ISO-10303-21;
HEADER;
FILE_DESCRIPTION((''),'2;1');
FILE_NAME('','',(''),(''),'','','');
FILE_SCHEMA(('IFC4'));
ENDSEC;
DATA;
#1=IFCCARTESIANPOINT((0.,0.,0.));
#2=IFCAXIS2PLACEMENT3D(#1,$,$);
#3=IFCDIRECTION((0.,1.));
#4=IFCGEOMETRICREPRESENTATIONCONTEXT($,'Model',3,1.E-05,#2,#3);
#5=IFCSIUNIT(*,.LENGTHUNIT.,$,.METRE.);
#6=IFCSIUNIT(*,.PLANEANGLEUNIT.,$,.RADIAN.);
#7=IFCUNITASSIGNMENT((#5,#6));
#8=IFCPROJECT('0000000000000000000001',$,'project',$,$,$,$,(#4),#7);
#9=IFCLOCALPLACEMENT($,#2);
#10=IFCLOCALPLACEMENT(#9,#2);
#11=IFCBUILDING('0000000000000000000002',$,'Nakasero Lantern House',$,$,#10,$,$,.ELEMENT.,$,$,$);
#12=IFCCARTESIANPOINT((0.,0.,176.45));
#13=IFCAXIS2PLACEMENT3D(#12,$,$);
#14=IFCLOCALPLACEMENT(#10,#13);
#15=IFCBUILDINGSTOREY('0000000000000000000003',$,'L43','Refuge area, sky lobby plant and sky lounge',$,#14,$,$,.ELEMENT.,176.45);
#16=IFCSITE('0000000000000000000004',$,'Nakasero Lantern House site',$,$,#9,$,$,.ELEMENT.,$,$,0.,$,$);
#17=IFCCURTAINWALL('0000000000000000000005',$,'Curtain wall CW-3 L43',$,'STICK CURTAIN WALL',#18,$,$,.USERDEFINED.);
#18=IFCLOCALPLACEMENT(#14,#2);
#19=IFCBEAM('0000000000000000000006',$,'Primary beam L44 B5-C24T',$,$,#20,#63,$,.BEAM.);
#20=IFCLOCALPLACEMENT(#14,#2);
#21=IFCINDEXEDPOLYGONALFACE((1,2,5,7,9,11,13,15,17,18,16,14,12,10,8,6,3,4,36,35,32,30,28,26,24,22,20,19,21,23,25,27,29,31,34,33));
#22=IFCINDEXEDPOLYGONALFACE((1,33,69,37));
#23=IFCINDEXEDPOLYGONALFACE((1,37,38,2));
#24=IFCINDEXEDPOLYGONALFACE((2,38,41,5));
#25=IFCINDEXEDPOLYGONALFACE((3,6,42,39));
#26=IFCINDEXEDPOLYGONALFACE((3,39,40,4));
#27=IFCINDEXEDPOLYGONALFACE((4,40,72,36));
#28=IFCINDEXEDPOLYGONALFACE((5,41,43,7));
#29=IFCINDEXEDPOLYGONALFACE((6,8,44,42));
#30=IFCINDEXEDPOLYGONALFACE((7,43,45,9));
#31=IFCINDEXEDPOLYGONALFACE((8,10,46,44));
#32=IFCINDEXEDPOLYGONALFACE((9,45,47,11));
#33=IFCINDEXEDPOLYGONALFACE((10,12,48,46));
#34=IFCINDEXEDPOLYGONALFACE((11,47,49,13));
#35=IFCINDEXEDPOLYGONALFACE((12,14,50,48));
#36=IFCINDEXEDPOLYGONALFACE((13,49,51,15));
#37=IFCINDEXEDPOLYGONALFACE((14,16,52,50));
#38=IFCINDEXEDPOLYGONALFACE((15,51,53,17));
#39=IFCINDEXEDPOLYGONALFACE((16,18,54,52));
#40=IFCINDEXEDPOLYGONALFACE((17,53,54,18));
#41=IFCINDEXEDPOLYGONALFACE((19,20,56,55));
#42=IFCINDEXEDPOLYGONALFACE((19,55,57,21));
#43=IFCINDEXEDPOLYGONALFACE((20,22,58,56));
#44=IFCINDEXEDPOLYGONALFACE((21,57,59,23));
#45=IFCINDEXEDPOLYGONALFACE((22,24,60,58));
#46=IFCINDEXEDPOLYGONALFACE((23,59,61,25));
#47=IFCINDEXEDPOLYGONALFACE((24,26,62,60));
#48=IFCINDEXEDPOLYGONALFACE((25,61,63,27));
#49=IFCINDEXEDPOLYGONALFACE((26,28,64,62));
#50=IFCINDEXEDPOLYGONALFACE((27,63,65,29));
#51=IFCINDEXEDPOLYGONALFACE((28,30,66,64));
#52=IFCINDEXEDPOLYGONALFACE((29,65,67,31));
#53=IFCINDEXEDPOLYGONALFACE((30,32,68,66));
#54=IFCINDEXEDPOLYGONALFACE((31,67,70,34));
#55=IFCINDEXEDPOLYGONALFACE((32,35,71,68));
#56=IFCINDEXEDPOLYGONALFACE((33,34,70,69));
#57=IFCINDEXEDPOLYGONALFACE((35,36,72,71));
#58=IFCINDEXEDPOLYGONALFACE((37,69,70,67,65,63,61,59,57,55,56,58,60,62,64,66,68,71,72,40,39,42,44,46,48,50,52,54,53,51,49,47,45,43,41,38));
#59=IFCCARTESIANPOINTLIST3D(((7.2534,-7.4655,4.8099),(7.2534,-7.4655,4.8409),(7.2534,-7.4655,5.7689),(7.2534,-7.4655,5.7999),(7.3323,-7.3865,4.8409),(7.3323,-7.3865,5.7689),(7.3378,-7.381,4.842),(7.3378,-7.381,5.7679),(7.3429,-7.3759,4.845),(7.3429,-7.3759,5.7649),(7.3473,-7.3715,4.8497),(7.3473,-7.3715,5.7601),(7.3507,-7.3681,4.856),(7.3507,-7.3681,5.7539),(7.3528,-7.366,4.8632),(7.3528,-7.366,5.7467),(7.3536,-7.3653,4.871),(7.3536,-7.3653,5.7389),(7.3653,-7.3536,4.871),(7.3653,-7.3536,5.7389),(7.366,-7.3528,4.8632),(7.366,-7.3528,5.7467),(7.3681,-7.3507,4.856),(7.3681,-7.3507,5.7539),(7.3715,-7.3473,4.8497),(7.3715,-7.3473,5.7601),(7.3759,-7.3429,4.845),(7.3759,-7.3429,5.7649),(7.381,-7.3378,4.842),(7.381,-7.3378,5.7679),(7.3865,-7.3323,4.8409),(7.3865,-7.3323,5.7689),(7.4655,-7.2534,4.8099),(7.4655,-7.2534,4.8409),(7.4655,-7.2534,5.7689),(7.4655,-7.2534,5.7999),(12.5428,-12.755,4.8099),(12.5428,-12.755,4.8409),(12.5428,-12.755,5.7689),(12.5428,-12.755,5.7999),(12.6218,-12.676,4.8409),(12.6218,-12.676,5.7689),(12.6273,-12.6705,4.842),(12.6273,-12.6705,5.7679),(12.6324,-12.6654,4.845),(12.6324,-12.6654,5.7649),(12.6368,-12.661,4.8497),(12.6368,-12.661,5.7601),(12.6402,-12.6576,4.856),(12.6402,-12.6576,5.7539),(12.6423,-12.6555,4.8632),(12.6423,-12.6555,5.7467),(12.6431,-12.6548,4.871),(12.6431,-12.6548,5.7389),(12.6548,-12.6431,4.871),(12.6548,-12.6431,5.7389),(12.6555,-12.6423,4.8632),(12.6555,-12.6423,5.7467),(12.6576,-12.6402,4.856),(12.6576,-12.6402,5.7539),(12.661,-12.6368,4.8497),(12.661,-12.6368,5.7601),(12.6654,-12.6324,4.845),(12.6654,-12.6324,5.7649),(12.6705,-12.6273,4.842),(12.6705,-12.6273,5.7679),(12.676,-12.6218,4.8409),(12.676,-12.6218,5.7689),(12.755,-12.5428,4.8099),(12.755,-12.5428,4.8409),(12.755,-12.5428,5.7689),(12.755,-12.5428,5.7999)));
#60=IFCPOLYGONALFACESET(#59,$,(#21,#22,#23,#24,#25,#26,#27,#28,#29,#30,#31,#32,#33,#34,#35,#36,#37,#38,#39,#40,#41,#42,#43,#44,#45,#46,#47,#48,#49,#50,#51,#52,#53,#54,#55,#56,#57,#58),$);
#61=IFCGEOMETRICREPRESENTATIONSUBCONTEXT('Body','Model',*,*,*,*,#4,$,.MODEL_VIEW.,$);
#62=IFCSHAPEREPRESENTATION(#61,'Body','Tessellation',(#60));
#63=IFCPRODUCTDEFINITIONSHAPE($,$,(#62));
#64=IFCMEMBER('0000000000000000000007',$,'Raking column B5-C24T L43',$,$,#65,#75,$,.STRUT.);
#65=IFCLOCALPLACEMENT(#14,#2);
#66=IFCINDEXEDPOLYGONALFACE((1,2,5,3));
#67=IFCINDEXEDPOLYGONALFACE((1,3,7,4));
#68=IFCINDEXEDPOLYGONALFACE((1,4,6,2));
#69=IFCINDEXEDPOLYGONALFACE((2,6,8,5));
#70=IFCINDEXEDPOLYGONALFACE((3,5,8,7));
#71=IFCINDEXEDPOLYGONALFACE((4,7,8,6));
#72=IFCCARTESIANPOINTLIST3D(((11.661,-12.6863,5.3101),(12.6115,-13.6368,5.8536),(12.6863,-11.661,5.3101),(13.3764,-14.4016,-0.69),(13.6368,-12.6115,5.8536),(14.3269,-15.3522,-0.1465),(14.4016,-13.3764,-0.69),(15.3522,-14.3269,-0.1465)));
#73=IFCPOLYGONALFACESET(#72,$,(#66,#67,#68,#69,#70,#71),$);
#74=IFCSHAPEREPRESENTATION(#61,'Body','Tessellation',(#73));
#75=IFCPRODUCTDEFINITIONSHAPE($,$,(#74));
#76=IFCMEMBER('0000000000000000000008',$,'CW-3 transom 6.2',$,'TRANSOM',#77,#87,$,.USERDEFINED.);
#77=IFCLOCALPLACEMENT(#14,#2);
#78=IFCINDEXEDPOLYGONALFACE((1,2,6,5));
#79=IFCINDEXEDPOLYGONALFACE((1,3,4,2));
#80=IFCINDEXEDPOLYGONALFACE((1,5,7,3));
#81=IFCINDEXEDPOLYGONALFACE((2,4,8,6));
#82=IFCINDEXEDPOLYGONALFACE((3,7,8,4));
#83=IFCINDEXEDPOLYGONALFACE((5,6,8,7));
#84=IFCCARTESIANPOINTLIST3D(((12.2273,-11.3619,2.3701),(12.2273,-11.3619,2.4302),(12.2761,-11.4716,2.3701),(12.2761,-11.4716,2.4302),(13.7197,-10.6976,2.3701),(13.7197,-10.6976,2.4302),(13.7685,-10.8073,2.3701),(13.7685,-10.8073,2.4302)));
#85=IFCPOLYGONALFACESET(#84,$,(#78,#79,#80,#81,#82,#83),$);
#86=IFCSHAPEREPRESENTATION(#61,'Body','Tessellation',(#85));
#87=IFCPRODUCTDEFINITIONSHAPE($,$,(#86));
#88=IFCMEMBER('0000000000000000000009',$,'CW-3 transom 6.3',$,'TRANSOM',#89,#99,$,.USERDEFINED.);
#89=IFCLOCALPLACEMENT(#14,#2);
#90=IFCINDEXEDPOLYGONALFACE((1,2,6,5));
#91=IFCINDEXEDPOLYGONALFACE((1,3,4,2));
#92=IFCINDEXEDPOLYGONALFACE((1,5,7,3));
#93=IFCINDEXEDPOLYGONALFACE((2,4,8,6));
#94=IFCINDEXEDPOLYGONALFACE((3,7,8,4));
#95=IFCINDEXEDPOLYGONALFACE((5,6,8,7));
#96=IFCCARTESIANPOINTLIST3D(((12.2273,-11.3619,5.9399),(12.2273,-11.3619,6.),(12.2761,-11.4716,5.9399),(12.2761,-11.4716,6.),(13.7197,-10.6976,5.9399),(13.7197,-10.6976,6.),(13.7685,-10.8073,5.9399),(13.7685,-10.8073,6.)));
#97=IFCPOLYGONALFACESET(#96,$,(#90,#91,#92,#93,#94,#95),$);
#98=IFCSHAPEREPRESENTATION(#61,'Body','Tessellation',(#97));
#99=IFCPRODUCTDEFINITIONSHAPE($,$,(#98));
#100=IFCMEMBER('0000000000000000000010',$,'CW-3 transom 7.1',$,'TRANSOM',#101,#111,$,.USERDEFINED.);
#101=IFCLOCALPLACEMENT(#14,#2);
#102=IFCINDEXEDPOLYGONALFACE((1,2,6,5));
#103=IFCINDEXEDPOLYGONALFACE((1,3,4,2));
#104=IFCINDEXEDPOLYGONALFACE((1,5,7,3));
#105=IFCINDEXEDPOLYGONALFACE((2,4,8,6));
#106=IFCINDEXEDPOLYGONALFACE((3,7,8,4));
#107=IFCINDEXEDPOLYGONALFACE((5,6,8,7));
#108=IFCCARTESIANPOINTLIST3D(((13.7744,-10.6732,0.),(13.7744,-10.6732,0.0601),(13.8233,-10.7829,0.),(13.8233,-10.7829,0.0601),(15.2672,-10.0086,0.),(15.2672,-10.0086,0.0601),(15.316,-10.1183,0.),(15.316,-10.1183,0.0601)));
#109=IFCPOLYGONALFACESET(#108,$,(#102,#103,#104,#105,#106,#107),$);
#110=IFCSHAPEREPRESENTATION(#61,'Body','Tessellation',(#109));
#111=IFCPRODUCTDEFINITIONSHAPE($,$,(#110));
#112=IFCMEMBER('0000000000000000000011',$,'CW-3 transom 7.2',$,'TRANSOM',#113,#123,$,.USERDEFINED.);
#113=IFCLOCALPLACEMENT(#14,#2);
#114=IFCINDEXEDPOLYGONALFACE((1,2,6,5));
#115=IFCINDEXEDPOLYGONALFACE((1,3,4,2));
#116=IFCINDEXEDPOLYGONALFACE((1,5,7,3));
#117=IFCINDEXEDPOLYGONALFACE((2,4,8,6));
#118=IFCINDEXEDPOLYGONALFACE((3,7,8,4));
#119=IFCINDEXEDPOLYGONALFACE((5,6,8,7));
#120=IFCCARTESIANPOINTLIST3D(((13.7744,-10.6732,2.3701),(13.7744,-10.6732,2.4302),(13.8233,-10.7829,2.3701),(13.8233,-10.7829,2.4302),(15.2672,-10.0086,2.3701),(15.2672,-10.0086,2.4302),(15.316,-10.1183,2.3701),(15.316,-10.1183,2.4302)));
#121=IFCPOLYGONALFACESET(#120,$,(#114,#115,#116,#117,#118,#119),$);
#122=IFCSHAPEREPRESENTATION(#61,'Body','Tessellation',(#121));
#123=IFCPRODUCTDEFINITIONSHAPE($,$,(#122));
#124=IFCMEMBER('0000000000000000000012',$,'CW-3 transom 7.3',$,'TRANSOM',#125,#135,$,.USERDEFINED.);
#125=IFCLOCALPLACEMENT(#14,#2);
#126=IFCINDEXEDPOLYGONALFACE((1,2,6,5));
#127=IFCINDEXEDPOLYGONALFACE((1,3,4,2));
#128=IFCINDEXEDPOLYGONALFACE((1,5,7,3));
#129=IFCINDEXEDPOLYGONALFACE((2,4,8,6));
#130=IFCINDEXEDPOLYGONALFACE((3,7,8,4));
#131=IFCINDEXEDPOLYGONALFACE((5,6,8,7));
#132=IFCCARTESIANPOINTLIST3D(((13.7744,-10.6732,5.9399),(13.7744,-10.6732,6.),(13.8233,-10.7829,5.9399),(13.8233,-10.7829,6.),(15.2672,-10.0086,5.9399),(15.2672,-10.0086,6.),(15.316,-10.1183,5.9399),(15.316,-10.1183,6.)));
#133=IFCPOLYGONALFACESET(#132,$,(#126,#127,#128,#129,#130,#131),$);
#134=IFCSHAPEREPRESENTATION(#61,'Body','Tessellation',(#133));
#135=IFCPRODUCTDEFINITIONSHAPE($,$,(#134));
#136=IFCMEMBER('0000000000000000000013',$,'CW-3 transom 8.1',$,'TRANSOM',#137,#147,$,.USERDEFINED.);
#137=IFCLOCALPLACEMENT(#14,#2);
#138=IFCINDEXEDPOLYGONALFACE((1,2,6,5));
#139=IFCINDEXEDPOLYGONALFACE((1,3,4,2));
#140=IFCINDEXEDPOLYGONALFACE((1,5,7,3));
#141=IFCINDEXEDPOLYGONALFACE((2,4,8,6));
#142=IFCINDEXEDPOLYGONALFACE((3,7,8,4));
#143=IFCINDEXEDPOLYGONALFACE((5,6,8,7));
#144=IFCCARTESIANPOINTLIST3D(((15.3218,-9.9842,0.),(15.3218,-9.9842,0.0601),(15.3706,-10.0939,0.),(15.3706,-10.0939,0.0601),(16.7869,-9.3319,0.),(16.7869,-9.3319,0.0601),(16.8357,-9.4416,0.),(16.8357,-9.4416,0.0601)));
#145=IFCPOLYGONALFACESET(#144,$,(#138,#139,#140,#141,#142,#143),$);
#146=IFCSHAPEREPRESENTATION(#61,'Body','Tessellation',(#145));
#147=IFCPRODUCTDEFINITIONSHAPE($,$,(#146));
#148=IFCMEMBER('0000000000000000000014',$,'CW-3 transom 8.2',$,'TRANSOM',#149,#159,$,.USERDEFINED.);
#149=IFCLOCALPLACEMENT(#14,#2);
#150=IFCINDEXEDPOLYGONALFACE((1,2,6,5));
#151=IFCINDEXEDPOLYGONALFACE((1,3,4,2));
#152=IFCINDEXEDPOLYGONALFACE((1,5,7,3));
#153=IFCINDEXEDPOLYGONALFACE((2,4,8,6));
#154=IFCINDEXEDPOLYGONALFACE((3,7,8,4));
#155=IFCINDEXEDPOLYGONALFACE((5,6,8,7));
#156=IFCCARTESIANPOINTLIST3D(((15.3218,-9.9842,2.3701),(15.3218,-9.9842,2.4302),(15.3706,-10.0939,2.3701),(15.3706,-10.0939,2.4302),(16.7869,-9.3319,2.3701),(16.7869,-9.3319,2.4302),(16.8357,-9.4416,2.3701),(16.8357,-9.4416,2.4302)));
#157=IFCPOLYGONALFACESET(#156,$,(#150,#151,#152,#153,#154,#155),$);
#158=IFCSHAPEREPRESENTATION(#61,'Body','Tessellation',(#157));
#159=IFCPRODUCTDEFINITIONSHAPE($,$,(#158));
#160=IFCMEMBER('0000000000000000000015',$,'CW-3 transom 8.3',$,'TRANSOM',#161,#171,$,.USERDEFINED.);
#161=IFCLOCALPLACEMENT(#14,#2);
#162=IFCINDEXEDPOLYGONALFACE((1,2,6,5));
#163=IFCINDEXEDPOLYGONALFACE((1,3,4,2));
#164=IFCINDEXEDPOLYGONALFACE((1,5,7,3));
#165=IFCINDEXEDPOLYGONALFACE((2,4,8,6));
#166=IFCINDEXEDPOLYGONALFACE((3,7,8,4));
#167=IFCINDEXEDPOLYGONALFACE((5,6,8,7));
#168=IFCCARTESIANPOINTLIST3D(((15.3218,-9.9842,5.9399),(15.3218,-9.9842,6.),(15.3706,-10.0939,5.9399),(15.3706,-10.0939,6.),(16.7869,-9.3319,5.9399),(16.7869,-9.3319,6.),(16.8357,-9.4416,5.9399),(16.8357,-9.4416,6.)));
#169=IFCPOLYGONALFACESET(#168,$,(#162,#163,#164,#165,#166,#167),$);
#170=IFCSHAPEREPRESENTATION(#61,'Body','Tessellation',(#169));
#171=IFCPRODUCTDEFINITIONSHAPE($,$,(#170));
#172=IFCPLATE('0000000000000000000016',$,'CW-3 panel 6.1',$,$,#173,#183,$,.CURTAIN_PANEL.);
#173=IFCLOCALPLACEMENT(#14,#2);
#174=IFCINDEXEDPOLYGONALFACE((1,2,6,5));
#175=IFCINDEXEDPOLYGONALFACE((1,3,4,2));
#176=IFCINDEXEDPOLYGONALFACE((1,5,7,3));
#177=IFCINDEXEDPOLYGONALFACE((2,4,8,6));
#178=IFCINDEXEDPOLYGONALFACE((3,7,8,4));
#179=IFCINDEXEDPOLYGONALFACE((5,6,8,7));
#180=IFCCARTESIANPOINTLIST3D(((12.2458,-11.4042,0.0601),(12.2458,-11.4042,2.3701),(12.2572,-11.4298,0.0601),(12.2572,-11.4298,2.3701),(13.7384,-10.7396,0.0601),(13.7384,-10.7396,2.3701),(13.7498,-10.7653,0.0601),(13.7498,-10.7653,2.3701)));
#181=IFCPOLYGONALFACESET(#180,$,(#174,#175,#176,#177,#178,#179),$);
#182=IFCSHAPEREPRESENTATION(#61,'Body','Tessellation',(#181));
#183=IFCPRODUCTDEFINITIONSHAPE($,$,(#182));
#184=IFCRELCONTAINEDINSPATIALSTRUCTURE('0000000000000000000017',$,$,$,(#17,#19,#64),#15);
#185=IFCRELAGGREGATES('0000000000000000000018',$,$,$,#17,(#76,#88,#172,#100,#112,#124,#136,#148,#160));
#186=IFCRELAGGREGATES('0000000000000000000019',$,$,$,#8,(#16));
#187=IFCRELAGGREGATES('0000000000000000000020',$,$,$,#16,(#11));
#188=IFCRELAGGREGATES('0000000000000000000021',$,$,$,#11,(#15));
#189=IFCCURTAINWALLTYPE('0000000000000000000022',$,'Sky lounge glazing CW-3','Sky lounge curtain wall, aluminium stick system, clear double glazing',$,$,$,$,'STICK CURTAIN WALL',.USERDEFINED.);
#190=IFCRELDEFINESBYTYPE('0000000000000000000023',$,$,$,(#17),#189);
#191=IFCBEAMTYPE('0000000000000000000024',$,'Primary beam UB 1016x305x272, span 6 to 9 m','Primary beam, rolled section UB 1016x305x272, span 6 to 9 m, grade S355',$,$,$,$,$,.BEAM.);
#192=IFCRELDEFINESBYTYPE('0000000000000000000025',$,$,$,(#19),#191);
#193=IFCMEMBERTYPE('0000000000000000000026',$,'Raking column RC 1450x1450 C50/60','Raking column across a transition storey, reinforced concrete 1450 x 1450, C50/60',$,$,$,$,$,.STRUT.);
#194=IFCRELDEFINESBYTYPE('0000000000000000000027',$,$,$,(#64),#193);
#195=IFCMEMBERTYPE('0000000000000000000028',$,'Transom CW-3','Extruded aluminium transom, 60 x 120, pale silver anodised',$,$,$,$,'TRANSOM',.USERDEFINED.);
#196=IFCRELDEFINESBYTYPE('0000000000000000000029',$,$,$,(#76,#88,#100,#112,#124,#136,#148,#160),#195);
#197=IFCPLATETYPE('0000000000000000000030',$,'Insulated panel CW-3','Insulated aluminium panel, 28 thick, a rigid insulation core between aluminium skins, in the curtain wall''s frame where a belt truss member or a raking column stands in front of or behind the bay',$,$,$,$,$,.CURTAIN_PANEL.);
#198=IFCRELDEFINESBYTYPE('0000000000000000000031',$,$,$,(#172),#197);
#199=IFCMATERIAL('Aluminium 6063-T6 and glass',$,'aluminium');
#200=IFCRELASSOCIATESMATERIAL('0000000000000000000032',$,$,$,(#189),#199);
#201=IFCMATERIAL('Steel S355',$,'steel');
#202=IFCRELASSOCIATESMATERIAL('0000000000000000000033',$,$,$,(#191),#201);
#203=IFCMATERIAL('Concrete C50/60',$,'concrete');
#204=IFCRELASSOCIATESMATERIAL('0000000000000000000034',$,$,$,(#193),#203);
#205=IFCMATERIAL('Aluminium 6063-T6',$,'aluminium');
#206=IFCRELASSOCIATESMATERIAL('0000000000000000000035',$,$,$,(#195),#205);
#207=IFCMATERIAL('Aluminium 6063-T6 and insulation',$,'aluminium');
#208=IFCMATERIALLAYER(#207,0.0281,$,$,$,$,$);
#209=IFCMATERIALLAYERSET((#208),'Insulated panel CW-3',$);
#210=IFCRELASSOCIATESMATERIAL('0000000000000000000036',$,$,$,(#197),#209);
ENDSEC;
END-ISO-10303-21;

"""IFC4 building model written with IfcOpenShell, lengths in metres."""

from ifc_helpers import new_model, si_unit, direction, frame, origin, origin_2d, place, context, subcontext, project, spatial, rectangle, i_section, extrude, material, layer, layer_set, material_profile, profile_set, type_object, element, aggregate, save


model = new_model("IFC4")

# Units and contexts
model_context = context("Model", 3, precision=1e-05, world=origin(), true_north=direction((0.0, 1.0)))
body_context = subcontext(model_context, "Body", "Model", "MODEL_VIEW")
ifc_project = project(units=[si_unit("LENGTHUNIT", "METRE"), si_unit("PLANEANGLEUNIT", "RADIAN")], contexts=[model_context])

# Site, building, storey
site_placement = place(None, origin())
site = spatial("IfcSite", under=ifc_project, at=site_placement, Name="Nakasero Lantern House site", CompositionType="ELEMENT", RefElevation=0.0)
building_placement = place(site_placement, origin())
building = spatial("IfcBuilding", under=site, at=building_placement, Name="Nakasero Lantern House", CompositionType="ELEMENT")
storey_placement = place(building_placement, frame((0.0, 0.0, 176.45)))
storey = spatial("IfcBuildingStorey", under=building, at=storey_placement, Name="L43", Description="Refuge area, sky lobby plant and sky lounge", CompositionType="ELEMENT", Elevation=176.45)

# Curtain wall
ifc_material_1 = material(Name="Aluminium 6063-T6 and glass", Category="aluminium")
curtain_wall_type = type_object("IfcCurtainWallType", Name="Sky lounge glazing CW-3", Description="Sky lounge curtain wall, aluminium stick system, clear double glazing", ElementType="STICK CURTAIN WALL", PredefinedType="USERDEFINED", material=ifc_material_1)
curtain_wall_placement = place(storey_placement, origin())
curtain_wall = element("IfcCurtainWall", 1, at=curtain_wall_placement, inside=storey, type_object=curtain_wall_type, Name="Curtain wall CW-3 L43", ObjectType="STICK CURTAIN WALL", PredefinedType="USERDEFINED")

# Beam
ifc_material_2 = material(Name="Steel S355", Category="steel")
ifc_material_profile_1 = material_profile(ifc_material_2, i_section(OverallWidth=0.3, OverallDepth=0.99, WebThickness=0.0166, FlangeThickness=0.031, FilletRadius=0.03, at=origin_2d()), Name="UB 1016x305x272")
ifc_profile_set_1 = profile_set([ifc_material_profile_1], Name="Steel S355")
beam_type_1 = type_object("IfcBeamType", Name="Primary beam UB 1016x305x272, span 6 to 9 m", Description="Primary beam, rolled section UB 1016x305x272, span 6 to 9 m, grade S355", PredefinedType="BEAM", material=ifc_profile_set_1)
beam_1_placement = place(storey_placement, frame((12.6489, -12.6489, 5.3049), z_axis=(-0.707107, 0.707107, 0.0), x_axis=(-0.707107, -0.707107, 0.0)))
element("IfcBeam", 2, at=beam_1_placement, inside=storey, type_object=beam_type_1, Name="Primary beam L44 B5-C24T", PredefinedType="BEAM", context=body_context, shape_type="SweptSolid", body=[
    extrude(i_section(OverallWidth=0.3, OverallDepth=0.99, WebThickness=0.0166, FlangeThickness=0.031, FilletRadius=0.03, at=origin_2d()), origin(), (0.0, 0.0, 1.0), 7.4805),
])

# Members
ifc_material_3 = material(Name="Concrete C50/60", Category="concrete")
ifc_material_profile_2 = material_profile(ifc_material_3, rectangle(XDim=1.45, YDim=1.45, at=origin_2d()), Name="RC 1450x1450")
ifc_profile_set_2 = profile_set([ifc_material_profile_2], Name="Concrete C50/60")
member_type_1 = type_object("IfcMemberType", Name="Raking column RC 1450x1450 C50/60", Description="Raking column across a transition storey, reinforced concrete 1450 x 1450, C50/60", PredefinedType="STRUT", material=ifc_profile_set_2)
member_1_placement = place(storey_placement, frame((14.3643, -14.3643, -0.4182), z_axis=(-0.265045, 0.265045, 0.927093), x_axis=(-0.707107, -0.707107, 0.0)))
element("IfcMember", 3, at=member_1_placement, inside=storey, type_object=member_type_1, Name="Raking column B5-C24T L43", PredefinedType="STRUT", context=body_context, shape_type="SweptSolid", body=[
    extrude(rectangle(XDim=1.45, YDim=1.45, at=origin_2d()), origin(), (0.0, 0.0, 1.0), 6.4719),
])
ifc_material_4 = material(Name="Aluminium 6063-T6", Category="aluminium")
ifc_material_profile_3 = material_profile(ifc_material_4, rectangle(XDim=0.0601, YDim=0.1201, at=origin_2d()), Name="CW-3 transom 60x120")
ifc_profile_set_3 = profile_set([ifc_material_profile_3], Name="Aluminium 6063-T6")
member_type_2 = type_object("IfcMemberType", Name="Transom CW-3", Description="Extruded aluminium transom, 60 x 120, pale silver anodised", ElementType="TRANSOM", PredefinedType="USERDEFINED", material=ifc_profile_set_3)
member_2_placement = place(storey_placement, frame((12.2517, -11.4167, 2.4001), z_axis=(0.913583, 0.406651, 0.0), x_axis=(0.0, 0.0, 1.0)))
member_2 = element("IfcMember", 4, at=member_2_placement, type_object=member_type_2, Name="CW-3 transom 6.2", ObjectType="TRANSOM", PredefinedType="USERDEFINED", context=body_context, shape_type="SweptSolid", body=[
    extrude(rectangle(XDim=0.0601, YDim=0.1201, at=origin_2d()), origin(), (0.0, 0.0, 1.0), 1.6335),
])
member_3_placement = place(storey_placement, frame((12.2517, -11.4167, 5.97), z_axis=(0.913583, 0.406651, 0.0), x_axis=(0.0, 0.0, 1.0)))
member_3 = element("IfcMember", 5, at=member_3_placement, type_object=member_type_2, Name="CW-3 transom 6.3", ObjectType="TRANSOM", PredefinedType="USERDEFINED", context=body_context, shape_type="SweptSolid", body=[
    extrude(rectangle(XDim=0.0601, YDim=0.1201, at=origin_2d()), origin(), (0.0, 0.0, 1.0), 1.6335),
])
member_4_placement = place(storey_placement, frame((13.7988, -10.728, 0.03), z_axis=(0.913553, 0.406721, 0.0), x_axis=(0.0, 0.0, 1.0)))
member_4 = element("IfcMember", 6, at=member_4_placement, type_object=member_type_2, Name="CW-3 transom 7.1", ObjectType="TRANSOM", PredefinedType="USERDEFINED", context=body_context, shape_type="SweptSolid", body=[
    extrude(rectangle(XDim=0.0601, YDim=0.1201, at=origin_2d()), origin(), (0.0, 0.0, 1.0), 1.634),
])
member_5_placement = place(storey_placement, frame((13.7988, -10.728, 2.4001), z_axis=(0.913553, 0.406721, 0.0), x_axis=(0.0, 0.0, 1.0)))
member_5 = element("IfcMember", 7, at=member_5_placement, type_object=member_type_2, Name="CW-3 transom 7.2", ObjectType="TRANSOM", PredefinedType="USERDEFINED", context=body_context, shape_type="SweptSolid", body=[
    extrude(rectangle(XDim=0.0601, YDim=0.1201, at=origin_2d()), origin(), (0.0, 0.0, 1.0), 1.634),
])
member_6_placement = place(storey_placement, frame((13.7988, -10.728, 5.97), z_axis=(0.913553, 0.406721, 0.0), x_axis=(0.0, 0.0, 1.0)))
member_6 = element("IfcMember", 8, at=member_6_placement, type_object=member_type_2, Name="CW-3 transom 7.3", ObjectType="TRANSOM", PredefinedType="USERDEFINED", context=body_context, shape_type="SweptSolid", body=[
    extrude(rectangle(XDim=0.0601, YDim=0.1201, at=origin_2d()), origin(), (0.0, 0.0, 1.0), 1.634),
])
member_7_placement = place(storey_placement, frame((15.3462, -10.0391, 0.03), z_axis=(0.913535, 0.40676, 0.0), x_axis=(0.0, 0.0, 1.0)))
member_7 = element("IfcMember", 9, at=member_7_placement, type_object=member_type_2, Name="CW-3 transom 8.1", ObjectType="TRANSOM", PredefinedType="USERDEFINED", context=body_context, shape_type="SweptSolid", body=[
    extrude(rectangle(XDim=0.0601, YDim=0.1201, at=origin_2d()), origin(), (0.0, 0.0, 1.0), 1.6038),
])
member_8_placement = place(storey_placement, frame((15.3462, -10.0391, 2.4001), z_axis=(0.913535, 0.40676, 0.0), x_axis=(0.0, 0.0, 1.0)))
member_8 = element("IfcMember", 10, at=member_8_placement, type_object=member_type_2, Name="CW-3 transom 8.2", ObjectType="TRANSOM", PredefinedType="USERDEFINED", context=body_context, shape_type="SweptSolid", body=[
    extrude(rectangle(XDim=0.0601, YDim=0.1201, at=origin_2d()), origin(), (0.0, 0.0, 1.0), 1.6038),
])
member_9_placement = place(storey_placement, frame((15.3462, -10.0391, 5.97), z_axis=(0.913535, 0.40676, 0.0), x_axis=(0.0, 0.0, 1.0)))
member_9 = element("IfcMember", 11, at=member_9_placement, type_object=member_type_2, Name="CW-3 transom 8.3", ObjectType="TRANSOM", PredefinedType="USERDEFINED", context=body_context, shape_type="SweptSolid", body=[
    extrude(rectangle(XDim=0.0601, YDim=0.1201, at=origin_2d()), origin(), (0.0, 0.0, 1.0), 1.6038),
])

# Plate
ifc_material_5 = material(Name="Aluminium 6063-T6 and insulation", Category="aluminium")
ifc_layer = layer(ifc_material_5, 0.0281)
ifc_layer_set = layer_set([ifc_layer], Name="Insulated panel CW-3")
plate_type = type_object("IfcPlateType", Name="Insulated panel CW-3", Description="Insulated aluminium panel, 28 thick, a rigid insulation core between aluminium skins, in the curtain wall's frame where a belt truss member or a raking column stands in front of or behind the bay", PredefinedType="CURTAIN_PANEL", material=ifc_layer_set)
plate_1_placement = place(storey_placement, frame((12.9978, -11.0847, 0.0601), z_axis=(0.0, 0.0, 1.0), x_axis=(0.913545, 0.406737, 0.0)))
plate_1 = element("IfcPlate", 12, at=plate_1_placement, type_object=plate_type, Name="CW-3 panel 6.1", PredefinedType="CURTAIN_PANEL", context=body_context, shape_type="SweptSolid", body=[
    extrude(rectangle(XDim=1.6338, YDim=0.0281, at=origin_2d()), origin(), (0.0, 0.0, 1.0), 2.3101),
])
aggregate(curtain_wall, [member_2, member_3, plate_1, member_4, member_5, member_6, member_7, member_8, member_9])

save(model, "model.ifc")
